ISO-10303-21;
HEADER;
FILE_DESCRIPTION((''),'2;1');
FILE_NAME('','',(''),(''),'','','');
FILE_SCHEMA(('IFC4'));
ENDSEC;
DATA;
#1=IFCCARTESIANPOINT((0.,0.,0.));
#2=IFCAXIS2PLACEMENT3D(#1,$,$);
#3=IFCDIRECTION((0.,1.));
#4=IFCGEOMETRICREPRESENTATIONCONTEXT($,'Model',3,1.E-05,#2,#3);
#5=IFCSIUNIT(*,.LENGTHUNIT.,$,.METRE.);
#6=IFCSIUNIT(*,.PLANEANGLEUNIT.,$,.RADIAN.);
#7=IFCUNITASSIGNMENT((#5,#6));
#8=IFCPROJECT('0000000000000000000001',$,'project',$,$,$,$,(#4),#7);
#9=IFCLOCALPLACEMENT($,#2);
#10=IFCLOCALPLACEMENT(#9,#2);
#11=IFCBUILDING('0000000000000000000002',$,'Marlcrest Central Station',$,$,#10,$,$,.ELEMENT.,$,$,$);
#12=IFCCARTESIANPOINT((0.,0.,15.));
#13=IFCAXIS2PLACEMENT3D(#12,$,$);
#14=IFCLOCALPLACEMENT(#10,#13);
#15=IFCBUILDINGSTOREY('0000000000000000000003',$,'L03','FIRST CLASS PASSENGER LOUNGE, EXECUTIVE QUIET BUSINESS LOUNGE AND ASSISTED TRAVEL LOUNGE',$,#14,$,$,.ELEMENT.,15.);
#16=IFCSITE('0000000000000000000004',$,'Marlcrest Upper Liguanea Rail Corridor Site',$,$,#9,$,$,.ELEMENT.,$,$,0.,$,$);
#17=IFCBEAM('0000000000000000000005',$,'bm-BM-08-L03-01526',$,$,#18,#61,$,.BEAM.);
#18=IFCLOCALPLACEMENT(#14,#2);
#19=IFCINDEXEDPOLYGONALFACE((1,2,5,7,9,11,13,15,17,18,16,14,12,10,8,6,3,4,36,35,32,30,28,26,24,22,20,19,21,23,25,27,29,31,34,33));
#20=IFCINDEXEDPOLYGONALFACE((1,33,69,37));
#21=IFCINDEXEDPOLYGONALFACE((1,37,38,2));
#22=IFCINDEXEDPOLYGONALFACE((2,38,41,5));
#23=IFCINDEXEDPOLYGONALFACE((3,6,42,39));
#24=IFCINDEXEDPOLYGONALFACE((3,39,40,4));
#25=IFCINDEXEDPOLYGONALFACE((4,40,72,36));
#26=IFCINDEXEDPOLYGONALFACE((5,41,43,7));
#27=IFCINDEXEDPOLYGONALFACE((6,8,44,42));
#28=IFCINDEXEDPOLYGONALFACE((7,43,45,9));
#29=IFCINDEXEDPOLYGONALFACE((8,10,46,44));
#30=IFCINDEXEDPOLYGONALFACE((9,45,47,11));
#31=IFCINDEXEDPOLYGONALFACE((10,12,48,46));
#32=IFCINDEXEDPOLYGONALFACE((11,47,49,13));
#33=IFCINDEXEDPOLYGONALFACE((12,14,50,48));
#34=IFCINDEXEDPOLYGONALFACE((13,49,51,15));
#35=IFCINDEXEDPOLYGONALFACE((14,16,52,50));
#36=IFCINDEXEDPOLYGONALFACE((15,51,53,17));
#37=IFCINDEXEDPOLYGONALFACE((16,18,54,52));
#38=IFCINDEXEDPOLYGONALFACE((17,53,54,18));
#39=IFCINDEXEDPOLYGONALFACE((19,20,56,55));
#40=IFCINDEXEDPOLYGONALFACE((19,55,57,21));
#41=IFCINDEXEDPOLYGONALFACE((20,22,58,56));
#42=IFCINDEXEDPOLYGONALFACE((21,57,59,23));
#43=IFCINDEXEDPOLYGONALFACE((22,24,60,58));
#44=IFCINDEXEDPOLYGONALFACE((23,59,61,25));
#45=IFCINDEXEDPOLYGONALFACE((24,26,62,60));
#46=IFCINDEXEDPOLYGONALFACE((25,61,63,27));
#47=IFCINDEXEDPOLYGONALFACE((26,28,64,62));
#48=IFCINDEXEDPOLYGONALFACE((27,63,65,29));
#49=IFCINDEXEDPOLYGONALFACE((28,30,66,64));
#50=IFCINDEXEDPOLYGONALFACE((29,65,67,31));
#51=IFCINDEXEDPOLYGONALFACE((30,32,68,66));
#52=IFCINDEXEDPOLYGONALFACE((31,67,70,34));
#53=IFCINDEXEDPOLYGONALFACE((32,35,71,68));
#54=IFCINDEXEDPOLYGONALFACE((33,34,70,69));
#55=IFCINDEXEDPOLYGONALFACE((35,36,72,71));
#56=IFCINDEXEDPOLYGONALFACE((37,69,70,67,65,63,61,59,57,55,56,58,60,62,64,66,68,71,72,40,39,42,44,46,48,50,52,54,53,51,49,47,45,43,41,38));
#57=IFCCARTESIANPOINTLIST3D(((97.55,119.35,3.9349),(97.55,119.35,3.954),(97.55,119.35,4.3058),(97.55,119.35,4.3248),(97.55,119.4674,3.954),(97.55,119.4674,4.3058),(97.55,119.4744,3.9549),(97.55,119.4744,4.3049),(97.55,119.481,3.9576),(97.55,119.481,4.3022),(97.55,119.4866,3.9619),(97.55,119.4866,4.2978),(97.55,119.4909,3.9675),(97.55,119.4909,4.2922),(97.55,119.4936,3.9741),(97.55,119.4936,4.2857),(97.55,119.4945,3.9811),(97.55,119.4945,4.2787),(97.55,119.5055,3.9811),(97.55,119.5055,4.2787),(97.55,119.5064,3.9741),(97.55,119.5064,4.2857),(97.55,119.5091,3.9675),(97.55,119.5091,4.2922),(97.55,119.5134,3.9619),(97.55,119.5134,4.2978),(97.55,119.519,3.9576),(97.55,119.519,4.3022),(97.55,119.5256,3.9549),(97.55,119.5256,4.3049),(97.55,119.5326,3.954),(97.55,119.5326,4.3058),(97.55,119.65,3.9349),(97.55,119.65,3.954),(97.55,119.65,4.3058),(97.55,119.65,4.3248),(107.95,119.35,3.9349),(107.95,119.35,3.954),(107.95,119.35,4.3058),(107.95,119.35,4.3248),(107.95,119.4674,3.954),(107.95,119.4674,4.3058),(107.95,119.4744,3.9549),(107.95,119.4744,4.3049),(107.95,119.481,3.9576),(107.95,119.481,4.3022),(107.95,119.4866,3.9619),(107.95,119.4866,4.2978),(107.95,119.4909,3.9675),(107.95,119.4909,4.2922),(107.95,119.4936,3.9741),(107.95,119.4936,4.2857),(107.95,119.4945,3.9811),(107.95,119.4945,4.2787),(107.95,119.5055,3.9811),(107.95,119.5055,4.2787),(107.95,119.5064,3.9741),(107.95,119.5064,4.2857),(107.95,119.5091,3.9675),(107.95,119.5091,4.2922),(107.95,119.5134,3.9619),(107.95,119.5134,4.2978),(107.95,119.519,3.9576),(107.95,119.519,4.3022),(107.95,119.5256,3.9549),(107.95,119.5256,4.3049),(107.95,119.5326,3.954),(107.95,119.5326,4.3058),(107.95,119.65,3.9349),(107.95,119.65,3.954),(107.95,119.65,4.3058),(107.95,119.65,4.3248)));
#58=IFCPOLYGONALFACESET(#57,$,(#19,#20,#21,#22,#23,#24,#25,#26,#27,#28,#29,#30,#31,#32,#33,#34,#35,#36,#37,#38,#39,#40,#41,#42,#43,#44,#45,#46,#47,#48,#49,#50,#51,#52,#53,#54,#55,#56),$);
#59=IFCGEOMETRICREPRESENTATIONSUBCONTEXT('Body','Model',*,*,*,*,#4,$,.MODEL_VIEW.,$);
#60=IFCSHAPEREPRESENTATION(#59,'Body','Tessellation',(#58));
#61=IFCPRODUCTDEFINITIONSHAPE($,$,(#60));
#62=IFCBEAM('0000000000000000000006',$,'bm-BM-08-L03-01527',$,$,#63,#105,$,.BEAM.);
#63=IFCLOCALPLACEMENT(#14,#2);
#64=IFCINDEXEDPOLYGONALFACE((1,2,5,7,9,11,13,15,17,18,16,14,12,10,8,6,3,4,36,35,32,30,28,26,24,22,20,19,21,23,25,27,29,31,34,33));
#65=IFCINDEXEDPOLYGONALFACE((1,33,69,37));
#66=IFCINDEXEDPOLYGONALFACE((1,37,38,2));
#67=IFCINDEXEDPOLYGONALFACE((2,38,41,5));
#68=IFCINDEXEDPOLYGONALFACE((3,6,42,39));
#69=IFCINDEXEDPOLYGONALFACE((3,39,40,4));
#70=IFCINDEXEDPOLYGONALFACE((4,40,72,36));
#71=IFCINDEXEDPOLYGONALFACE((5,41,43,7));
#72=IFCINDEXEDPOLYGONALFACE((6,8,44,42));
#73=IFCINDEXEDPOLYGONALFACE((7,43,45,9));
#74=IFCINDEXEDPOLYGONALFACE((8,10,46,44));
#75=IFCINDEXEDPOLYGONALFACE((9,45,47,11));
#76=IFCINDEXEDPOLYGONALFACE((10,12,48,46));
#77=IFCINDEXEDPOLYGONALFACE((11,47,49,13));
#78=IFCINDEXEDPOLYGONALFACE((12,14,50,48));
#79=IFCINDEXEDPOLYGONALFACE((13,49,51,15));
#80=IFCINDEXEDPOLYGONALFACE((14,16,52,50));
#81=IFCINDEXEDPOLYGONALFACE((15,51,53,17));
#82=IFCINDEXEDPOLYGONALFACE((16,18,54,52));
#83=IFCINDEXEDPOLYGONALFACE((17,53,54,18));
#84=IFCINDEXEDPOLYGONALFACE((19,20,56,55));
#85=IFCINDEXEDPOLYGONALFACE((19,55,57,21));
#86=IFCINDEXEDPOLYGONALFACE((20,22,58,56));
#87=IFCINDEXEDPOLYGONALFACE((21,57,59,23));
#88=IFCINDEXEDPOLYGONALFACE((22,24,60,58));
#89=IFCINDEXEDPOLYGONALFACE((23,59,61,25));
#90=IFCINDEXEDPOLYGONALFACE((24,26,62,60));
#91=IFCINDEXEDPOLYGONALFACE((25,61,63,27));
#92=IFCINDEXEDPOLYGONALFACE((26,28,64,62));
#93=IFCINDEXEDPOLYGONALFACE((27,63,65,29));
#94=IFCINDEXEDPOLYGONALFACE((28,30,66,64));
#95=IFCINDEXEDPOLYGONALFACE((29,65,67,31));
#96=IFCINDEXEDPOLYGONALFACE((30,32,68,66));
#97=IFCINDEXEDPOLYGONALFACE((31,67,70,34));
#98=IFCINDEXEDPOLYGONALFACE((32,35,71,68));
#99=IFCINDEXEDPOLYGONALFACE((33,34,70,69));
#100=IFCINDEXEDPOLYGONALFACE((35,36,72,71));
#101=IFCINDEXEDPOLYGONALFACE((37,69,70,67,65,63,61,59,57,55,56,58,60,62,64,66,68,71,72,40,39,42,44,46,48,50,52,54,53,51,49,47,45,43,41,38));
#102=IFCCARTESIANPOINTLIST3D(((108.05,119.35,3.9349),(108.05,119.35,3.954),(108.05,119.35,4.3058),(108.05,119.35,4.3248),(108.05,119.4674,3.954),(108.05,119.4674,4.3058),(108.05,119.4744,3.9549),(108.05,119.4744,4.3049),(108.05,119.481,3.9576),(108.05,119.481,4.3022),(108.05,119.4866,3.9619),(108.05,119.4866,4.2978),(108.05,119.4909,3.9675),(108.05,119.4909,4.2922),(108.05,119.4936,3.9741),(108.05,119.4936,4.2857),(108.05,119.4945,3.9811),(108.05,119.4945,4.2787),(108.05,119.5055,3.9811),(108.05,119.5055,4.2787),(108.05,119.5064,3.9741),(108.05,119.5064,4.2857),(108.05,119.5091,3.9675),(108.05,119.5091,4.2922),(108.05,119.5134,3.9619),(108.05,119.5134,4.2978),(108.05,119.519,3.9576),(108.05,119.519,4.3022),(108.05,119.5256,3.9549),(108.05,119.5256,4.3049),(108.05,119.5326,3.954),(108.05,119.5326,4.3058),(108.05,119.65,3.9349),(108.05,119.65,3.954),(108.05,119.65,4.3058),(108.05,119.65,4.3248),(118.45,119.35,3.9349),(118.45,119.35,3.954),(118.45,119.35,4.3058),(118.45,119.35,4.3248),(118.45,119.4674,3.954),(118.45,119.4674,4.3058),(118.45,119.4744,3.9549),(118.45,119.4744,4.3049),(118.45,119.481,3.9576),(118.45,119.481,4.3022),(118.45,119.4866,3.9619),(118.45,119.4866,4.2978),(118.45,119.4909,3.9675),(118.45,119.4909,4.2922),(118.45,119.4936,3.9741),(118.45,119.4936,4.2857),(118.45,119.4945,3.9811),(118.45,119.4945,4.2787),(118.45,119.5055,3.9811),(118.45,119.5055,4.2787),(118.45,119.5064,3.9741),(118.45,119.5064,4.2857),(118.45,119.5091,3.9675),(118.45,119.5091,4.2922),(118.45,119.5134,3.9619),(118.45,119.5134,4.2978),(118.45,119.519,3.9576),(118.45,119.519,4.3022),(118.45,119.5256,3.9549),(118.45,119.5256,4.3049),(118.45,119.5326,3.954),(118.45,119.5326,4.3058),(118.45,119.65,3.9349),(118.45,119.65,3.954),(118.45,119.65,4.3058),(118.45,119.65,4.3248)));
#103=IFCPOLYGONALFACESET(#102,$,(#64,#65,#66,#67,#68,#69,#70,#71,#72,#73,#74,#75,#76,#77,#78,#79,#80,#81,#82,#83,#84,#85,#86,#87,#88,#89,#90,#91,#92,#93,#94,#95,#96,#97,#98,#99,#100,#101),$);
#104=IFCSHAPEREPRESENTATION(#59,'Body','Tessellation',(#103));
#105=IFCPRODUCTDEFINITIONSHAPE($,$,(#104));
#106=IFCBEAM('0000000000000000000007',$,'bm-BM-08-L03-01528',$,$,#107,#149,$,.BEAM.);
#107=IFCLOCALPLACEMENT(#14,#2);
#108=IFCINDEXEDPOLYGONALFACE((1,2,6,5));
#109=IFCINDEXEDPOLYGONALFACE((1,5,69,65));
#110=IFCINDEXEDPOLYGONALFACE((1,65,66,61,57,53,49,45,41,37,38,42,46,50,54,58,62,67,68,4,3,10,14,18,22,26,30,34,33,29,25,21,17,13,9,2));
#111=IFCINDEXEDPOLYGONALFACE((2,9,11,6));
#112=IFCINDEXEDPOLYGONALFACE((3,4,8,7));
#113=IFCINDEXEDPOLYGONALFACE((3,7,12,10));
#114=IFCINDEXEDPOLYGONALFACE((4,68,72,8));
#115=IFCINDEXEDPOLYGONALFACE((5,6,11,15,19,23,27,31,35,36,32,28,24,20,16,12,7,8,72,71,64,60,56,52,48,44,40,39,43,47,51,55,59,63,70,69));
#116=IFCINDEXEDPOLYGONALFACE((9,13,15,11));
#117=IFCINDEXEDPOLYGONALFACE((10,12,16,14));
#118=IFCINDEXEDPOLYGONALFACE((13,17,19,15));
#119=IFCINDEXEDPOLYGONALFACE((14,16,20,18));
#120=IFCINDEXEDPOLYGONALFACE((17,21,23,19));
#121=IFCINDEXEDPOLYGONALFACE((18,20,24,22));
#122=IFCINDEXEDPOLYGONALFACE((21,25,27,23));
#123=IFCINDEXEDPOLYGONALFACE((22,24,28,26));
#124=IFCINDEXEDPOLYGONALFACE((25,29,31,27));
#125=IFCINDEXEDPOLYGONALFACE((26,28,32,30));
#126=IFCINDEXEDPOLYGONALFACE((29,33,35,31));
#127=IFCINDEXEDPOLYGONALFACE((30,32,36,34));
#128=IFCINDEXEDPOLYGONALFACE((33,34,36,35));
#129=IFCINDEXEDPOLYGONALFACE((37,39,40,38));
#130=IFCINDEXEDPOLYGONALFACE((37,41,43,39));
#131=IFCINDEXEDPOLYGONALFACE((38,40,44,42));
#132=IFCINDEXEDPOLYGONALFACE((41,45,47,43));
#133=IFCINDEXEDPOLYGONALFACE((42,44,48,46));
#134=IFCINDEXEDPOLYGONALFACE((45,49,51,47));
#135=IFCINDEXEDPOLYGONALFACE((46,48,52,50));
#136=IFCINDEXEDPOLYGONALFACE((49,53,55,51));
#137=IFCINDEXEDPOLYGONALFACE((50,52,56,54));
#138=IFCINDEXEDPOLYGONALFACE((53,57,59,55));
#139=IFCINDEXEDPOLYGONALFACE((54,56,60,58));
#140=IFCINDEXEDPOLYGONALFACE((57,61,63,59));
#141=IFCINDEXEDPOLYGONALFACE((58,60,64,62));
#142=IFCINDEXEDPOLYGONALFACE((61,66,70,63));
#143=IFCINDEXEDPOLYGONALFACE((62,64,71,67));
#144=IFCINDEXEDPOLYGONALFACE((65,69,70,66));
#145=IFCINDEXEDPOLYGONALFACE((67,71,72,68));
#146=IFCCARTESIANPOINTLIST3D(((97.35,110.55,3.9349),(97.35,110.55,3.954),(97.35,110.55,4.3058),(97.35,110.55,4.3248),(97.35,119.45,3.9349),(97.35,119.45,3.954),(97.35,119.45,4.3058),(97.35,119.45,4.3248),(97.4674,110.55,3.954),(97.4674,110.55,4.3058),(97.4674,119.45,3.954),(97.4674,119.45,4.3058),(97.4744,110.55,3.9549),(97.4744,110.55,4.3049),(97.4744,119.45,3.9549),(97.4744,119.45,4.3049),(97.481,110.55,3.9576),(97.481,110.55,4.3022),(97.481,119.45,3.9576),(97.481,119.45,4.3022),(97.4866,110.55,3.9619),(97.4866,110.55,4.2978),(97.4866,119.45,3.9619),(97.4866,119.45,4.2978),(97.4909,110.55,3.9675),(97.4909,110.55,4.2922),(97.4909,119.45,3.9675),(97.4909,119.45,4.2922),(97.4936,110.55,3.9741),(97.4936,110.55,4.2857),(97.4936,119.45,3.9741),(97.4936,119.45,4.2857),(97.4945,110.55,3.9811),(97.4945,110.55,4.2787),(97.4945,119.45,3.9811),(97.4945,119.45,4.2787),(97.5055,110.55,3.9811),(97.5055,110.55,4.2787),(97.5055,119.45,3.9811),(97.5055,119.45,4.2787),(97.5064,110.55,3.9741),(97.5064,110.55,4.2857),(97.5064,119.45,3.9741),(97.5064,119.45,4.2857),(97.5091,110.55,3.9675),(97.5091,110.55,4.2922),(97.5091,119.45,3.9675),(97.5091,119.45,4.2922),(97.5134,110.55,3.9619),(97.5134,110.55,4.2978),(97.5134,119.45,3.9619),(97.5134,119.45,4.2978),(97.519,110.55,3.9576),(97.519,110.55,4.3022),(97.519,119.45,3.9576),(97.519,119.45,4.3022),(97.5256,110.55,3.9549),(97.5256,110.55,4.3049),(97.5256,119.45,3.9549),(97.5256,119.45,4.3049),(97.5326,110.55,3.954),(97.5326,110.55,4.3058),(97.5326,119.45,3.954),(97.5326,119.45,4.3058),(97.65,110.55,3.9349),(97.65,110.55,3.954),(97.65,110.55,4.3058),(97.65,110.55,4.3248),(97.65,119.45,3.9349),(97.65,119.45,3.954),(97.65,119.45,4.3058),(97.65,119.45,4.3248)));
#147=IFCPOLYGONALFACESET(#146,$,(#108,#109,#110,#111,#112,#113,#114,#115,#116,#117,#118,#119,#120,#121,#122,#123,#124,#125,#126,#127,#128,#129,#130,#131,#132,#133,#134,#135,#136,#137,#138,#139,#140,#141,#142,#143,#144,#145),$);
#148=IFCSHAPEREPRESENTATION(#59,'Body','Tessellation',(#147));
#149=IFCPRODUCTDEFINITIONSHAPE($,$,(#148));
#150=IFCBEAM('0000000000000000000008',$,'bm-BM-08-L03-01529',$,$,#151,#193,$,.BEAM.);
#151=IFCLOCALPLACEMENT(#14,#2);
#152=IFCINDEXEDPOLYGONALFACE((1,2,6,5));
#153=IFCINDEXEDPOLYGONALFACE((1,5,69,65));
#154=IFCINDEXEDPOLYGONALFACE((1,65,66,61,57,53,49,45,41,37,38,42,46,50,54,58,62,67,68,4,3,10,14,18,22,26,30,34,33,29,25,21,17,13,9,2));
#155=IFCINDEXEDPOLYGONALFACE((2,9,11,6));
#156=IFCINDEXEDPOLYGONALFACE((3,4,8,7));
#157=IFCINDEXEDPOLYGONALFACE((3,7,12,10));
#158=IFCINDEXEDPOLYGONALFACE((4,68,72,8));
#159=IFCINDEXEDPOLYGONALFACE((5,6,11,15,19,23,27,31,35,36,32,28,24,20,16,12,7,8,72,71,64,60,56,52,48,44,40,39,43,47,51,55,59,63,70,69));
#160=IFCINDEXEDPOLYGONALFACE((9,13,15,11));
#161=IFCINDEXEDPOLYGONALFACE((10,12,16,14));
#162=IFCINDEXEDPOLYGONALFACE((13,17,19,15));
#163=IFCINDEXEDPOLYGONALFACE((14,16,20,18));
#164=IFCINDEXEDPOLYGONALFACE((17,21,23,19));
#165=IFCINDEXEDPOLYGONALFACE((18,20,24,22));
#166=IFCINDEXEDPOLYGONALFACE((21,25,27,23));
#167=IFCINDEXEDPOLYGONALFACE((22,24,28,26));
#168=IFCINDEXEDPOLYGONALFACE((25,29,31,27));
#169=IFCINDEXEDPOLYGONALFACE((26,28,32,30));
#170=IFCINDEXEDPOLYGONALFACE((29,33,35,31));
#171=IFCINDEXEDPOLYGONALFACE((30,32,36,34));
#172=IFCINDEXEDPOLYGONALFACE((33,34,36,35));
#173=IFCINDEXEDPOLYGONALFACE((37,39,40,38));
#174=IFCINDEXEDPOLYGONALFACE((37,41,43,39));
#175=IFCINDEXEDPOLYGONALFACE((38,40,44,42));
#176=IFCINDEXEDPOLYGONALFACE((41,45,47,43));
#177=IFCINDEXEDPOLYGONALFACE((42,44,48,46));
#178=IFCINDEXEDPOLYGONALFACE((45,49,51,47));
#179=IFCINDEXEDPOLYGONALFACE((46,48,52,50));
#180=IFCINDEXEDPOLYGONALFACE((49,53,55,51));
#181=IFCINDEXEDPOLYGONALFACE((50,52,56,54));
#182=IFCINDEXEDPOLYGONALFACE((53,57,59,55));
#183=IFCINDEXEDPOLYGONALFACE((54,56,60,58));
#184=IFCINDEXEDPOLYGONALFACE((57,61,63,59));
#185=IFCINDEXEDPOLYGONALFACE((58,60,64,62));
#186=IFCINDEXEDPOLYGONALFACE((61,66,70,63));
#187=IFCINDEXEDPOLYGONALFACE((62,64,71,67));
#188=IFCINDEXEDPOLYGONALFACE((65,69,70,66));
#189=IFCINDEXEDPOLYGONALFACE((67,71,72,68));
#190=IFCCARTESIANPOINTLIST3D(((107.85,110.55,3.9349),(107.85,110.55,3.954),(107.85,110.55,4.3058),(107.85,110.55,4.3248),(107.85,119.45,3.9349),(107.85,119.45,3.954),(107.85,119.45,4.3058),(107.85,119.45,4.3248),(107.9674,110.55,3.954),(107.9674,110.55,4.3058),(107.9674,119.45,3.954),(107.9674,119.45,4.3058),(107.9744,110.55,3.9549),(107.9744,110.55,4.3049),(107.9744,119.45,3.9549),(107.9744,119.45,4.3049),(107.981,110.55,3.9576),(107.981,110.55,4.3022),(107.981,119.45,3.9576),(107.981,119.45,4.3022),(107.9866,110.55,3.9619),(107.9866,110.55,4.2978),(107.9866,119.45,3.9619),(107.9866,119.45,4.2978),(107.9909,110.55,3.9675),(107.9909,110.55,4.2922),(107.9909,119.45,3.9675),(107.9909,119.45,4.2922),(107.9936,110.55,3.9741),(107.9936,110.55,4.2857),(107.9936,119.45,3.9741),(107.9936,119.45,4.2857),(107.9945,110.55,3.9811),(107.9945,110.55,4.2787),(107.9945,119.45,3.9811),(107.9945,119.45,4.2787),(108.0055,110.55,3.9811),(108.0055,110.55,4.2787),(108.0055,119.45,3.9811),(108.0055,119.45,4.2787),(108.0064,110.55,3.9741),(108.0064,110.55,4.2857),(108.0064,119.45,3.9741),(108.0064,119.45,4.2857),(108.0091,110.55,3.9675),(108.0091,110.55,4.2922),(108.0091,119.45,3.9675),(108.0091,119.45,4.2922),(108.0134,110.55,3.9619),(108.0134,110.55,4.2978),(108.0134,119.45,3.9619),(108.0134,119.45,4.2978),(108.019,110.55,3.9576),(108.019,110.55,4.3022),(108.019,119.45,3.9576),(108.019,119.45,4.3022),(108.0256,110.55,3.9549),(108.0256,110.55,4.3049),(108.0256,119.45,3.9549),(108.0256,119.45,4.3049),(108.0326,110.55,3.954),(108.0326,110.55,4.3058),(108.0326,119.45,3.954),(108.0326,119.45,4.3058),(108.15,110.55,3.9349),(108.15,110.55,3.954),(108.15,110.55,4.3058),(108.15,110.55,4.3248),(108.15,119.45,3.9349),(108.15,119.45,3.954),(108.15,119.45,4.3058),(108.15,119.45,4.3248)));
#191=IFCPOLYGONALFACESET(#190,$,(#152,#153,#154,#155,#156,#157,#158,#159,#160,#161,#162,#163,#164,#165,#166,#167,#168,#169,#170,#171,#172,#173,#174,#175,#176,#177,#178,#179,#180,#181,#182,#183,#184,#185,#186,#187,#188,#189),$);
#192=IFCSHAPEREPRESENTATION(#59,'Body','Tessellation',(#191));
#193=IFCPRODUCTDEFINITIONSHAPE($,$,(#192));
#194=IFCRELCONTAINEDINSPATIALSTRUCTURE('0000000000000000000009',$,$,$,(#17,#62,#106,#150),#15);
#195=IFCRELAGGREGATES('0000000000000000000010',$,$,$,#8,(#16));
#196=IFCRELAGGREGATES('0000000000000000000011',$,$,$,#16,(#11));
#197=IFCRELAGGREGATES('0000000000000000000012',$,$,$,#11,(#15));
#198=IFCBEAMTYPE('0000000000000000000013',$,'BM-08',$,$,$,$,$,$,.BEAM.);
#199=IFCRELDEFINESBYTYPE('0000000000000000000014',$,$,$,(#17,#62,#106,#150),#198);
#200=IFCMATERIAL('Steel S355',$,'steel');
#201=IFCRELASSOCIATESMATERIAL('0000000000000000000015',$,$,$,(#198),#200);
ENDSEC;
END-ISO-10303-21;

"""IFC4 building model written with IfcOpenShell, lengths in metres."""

from ifc_helpers import new_model, si_unit, direction, frame, origin, origin_2d, place, context, subcontext, project, spatial, i_section, extrude, material, material_profile, profile_set, type_object, element, save


model = new_model("IFC4")

# Units and contexts
model_context = context("Model", 3, precision=1e-05, world=origin(), true_north=direction((0.0, 1.0)))
body_context = subcontext(model_context, "Body", "Model", "MODEL_VIEW")
ifc_project = project(units=[si_unit("LENGTHUNIT", "METRE"), si_unit("PLANEANGLEUNIT", "RADIAN")], contexts=[model_context])

# Site, building, storey
site_placement = place(None, origin())
site = spatial("IfcSite", under=ifc_project, at=site_placement, Name="Marlcrest Upper Liguanea Rail Corridor Site", CompositionType="ELEMENT", RefElevation=0.0)
building_placement = place(site_placement, origin())
building = spatial("IfcBuilding", under=site, at=building_placement, Name="Marlcrest Central Station", CompositionType="ELEMENT")
storey_placement = place(building_placement, frame((0.0, 0.0, 15.0)))
storey = spatial("IfcBuildingStorey", under=building, at=storey_placement, Name="L03", Description="FIRST CLASS PASSENGER LOUNGE, EXECUTIVE QUIET BUSINESS LOUNGE AND ASSISTED TRAVEL LOUNGE", CompositionType="ELEMENT", Elevation=15.0)

# Shared definitions
ifc_material_1 = material(Name="Steel S355", Category="steel")

# Beams
ifc_material_profile_1 = material_profile(ifc_material_1, i_section(OverallWidth=0.3, OverallDepth=0.3899, WebThickness=0.011, FlangeThickness=0.019, FilletRadius=0.0271, at=origin_2d()), Name="HEA 400")
ifc_profile_set_1 = profile_set([ifc_material_profile_1], Name="Steel S355")
beam_type_1 = type_object("IfcBeamType", Name="BM-08", PredefinedType="BEAM", material=ifc_profile_set_1)
for number, where, z_axis, x_axis, name in (
    (1, (97.55, 119.5, 4.1299), (1.0, 0.0, 0.0), (0.0, 1.0, 0.0), "bm-BM-08-L03-01526"),
    (2, (108.05, 119.5, 4.1299), (1.0, 0.0, 0.0), (0.0, 1.0, 0.0), "bm-BM-08-L03-01527"),
):
    element("IfcBeam", number, at=place(storey_placement, frame(where, z_axis=z_axis, x_axis=x_axis)), inside=storey, type_object=beam_type_1, Name=name, PredefinedType="BEAM", context=body_context, shape_type="SweptSolid", body=[
        extrude(i_section(OverallWidth=0.3, OverallDepth=0.3899, WebThickness=0.011, FlangeThickness=0.019, FilletRadius=0.0271, at=origin_2d()), origin(), (0.0, 0.0, 1.0), 10.3999),
    ])
for number, where, z_axis, x_axis, name in (
    (3, (97.5, 110.55, 4.1299), (0.0, 1.0, 0.0), (-1.0, 0.0, 0.0), "bm-BM-08-L03-01528"),
    (4, (108.0, 110.55, 4.1299), (0.0, 1.0, 0.0), (-1.0, 0.0, 0.0), "bm-BM-08-L03-01529"),
):
    element("IfcBeam", number, at=place(storey_placement, frame(where, z_axis=z_axis, x_axis=x_axis)), inside=storey, type_object=beam_type_1, Name=name, PredefinedType="BEAM", context=body_context, shape_type="SweptSolid", body=[
        extrude(i_section(OverallWidth=0.3, OverallDepth=0.3899, WebThickness=0.011, FlangeThickness=0.019, FilletRadius=0.0271, at=origin_2d()), origin(), (0.0, 0.0, 1.0), 8.8999),
    ])

save(model, "model.ifc")
